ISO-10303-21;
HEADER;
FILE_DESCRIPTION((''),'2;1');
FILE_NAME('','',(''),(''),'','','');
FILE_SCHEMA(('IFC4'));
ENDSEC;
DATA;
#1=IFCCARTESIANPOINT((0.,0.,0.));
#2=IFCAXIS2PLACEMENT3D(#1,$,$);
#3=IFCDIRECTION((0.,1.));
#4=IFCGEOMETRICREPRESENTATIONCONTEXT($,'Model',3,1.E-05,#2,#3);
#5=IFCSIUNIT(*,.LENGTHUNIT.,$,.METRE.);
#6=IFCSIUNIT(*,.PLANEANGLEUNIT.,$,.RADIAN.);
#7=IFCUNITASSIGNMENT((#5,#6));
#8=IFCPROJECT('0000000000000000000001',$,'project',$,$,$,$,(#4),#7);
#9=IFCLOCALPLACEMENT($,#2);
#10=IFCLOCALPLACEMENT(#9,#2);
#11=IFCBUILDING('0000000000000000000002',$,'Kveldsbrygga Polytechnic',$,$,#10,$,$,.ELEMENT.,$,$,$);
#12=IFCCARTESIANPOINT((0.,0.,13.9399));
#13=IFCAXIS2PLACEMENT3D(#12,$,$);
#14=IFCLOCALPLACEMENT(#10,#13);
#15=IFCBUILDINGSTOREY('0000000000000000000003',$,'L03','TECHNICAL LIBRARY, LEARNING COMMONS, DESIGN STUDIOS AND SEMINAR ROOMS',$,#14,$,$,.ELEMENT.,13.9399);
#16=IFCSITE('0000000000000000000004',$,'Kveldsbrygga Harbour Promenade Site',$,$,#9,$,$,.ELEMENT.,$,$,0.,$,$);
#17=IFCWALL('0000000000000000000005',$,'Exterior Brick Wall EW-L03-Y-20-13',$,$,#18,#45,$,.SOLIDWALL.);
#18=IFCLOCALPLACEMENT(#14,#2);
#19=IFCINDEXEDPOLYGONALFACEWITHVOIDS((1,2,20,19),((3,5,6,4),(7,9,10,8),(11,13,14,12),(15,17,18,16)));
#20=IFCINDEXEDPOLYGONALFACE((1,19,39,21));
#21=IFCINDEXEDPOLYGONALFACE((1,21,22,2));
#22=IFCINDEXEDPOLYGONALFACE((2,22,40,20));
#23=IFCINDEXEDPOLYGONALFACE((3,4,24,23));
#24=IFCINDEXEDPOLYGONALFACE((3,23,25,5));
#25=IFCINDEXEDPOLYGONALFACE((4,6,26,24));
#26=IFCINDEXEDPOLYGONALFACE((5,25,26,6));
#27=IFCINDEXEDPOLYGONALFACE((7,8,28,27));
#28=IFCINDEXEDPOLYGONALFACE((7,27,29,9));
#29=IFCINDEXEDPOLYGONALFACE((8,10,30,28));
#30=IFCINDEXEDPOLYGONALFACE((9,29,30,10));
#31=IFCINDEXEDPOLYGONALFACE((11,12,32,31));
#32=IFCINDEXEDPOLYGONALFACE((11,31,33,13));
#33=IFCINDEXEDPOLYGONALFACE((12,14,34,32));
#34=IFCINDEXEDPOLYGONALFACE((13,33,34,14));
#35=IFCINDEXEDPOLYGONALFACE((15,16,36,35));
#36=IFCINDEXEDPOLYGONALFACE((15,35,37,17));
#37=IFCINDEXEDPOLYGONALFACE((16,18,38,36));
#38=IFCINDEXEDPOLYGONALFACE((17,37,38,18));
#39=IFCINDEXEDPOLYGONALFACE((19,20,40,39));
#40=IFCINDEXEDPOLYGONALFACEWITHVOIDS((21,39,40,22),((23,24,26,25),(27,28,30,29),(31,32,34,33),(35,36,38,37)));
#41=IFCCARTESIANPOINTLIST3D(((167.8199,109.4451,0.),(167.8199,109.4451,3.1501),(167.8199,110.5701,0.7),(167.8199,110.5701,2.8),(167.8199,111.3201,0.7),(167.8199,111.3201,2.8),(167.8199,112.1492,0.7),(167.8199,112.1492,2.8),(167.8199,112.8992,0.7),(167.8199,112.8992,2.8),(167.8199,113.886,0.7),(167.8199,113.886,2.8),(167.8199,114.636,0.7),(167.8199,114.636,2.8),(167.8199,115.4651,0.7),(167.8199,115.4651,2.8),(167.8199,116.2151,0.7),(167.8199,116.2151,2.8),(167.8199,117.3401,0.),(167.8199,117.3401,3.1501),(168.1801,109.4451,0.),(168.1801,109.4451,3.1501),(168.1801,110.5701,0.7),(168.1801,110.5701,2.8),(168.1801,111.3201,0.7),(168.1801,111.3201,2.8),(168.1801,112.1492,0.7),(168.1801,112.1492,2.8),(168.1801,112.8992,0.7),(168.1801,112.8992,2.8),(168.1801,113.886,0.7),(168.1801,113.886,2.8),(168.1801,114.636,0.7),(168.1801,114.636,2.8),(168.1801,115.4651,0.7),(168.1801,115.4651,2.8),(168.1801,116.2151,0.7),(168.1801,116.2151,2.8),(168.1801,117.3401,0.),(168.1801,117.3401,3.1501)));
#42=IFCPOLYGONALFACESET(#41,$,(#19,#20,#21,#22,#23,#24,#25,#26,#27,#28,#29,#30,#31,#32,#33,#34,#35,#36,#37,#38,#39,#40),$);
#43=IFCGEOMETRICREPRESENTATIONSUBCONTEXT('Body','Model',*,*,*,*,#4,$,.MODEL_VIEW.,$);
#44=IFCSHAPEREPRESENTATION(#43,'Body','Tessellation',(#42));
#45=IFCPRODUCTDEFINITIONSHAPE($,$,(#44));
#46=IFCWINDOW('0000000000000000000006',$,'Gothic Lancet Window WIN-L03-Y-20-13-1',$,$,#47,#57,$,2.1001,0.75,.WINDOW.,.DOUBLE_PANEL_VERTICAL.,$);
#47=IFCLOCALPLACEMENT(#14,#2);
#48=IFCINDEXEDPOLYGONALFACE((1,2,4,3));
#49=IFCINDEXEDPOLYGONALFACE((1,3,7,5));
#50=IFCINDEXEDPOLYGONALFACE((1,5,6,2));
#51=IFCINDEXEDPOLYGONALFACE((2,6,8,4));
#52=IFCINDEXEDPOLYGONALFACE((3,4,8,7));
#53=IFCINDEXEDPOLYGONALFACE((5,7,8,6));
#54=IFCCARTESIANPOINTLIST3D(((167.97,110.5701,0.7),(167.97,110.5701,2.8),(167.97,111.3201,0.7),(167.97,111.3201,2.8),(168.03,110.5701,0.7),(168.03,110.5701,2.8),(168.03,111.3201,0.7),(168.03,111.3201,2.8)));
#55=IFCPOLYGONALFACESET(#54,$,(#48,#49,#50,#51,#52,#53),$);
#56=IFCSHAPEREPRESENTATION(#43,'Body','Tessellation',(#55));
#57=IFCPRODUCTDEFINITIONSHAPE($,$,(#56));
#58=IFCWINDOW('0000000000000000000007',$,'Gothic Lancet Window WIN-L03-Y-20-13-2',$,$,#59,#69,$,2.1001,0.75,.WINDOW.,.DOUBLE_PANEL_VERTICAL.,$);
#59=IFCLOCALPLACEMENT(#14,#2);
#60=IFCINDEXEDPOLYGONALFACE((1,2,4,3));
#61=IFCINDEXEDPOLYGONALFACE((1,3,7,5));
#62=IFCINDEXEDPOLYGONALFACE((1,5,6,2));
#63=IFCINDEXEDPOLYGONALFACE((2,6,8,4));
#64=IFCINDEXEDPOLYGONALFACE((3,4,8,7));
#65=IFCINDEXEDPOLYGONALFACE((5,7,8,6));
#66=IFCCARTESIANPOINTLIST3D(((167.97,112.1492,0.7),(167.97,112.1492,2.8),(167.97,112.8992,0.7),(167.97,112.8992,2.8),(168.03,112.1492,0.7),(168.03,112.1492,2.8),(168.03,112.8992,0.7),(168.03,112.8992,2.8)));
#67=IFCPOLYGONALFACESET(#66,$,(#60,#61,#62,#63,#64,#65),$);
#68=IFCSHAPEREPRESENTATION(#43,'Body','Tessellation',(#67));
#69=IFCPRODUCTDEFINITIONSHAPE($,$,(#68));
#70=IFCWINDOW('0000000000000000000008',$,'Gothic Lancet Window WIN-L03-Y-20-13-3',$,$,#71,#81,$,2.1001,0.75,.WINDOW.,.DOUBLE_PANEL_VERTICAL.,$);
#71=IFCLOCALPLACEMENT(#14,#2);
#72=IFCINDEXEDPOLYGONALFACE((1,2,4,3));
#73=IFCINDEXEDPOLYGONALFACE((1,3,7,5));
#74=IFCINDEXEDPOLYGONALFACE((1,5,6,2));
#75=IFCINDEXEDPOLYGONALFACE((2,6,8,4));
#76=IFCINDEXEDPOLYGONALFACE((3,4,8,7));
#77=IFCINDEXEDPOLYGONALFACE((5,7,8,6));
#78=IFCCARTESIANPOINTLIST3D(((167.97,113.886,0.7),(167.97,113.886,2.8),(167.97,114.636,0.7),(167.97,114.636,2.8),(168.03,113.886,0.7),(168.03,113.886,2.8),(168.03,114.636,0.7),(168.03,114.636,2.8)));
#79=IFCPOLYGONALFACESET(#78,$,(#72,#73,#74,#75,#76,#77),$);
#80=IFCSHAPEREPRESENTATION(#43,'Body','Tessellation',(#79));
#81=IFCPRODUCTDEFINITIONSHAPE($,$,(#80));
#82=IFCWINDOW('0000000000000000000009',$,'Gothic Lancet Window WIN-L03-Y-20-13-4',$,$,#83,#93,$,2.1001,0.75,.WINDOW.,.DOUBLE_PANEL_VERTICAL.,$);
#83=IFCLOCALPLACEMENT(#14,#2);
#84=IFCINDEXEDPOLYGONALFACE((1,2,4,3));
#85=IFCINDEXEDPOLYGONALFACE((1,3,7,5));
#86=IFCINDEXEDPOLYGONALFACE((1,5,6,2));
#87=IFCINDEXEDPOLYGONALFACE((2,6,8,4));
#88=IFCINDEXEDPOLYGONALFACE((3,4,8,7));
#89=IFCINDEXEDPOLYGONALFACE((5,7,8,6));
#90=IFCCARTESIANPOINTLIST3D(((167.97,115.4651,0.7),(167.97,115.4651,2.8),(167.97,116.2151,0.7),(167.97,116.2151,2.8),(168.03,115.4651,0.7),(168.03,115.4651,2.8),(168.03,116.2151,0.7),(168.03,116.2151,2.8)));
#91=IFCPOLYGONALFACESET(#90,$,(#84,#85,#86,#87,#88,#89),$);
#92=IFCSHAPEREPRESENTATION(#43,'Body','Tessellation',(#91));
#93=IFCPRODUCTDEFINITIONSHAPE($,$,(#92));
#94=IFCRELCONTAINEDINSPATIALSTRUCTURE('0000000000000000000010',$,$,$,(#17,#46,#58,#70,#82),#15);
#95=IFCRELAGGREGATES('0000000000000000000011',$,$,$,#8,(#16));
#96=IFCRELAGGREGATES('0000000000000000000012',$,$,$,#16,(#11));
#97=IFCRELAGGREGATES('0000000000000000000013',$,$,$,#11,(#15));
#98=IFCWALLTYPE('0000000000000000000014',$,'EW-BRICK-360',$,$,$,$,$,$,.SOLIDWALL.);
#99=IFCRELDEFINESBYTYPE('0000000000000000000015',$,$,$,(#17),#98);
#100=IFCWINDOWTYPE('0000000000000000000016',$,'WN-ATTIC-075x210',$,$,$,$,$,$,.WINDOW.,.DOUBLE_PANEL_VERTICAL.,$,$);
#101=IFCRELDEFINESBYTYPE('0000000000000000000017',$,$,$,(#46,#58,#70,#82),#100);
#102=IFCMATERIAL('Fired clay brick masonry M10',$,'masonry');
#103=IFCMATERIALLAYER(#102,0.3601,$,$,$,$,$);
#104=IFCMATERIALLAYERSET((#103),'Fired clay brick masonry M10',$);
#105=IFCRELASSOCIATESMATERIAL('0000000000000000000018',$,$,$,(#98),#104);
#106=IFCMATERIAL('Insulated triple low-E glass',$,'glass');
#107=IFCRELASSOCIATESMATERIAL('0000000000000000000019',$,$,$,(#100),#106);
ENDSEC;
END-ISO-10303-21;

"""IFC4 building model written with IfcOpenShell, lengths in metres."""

from ifc_helpers import new_model, si_unit, direction, frame, frame_2d, origin, place, context, subcontext, project, spatial, rectangle, extrude, material, layer, layer_set, type_object, element, fill, save


model = new_model("IFC4")

# Units and contexts
model_context = context("Model", 3, precision=1e-05, world=origin(), true_north=direction((0.0, 1.0)))
body_context = subcontext(model_context, "Body", "Model", "MODEL_VIEW")
ifc_project = project(units=[si_unit("LENGTHUNIT", "METRE"), si_unit("PLANEANGLEUNIT", "RADIAN")], contexts=[model_context])

# Site, building, storey
site_placement = place(None, origin())
site = spatial("IfcSite", under=ifc_project, at=site_placement, Name="Kveldsbrygga Harbour Promenade Site", CompositionType="ELEMENT", RefElevation=0.0)
building_placement = place(site_placement, origin())
building = spatial("IfcBuilding", under=site, at=building_placement, Name="Kveldsbrygga Polytechnic", CompositionType="ELEMENT")
storey_placement = place(building_placement, frame((0.0, 0.0, 13.9399)))
storey = spatial("IfcBuildingStorey", under=building, at=storey_placement, Name="L03", Description="TECHNICAL LIBRARY, LEARNING COMMONS, DESIGN STUDIOS AND SEMINAR ROOMS", CompositionType="ELEMENT", Elevation=13.9399)

# Shared definitions
ifc_material_1 = material(Name="Insulated triple low-E glass", Category="glass")

# Wall, openings, windows
ifc_material_2 = material(Name="Fired clay brick masonry M10", Category="masonry")
ifc_layer_1 = layer(ifc_material_2, 0.3601)
ifc_layer_set_1 = layer_set([ifc_layer_1], Name="Fired clay brick masonry M10")
wall_type = type_object("IfcWallType", Name="EW-BRICK-360", PredefinedType="SOLIDWALL", material=ifc_layer_set_1)
window_type = type_object("IfcWindowType", Name="WN-ATTIC-075x210", PartitioningType="DOUBLE_PANEL_VERTICAL", PredefinedType="WINDOW", material=ifc_material_1)
wall_1_placement = place(storey_placement, frame((168.0, 109.4451, 0.0), z_axis=(0.0, 0.0, 1.0), x_axis=(0.0, 1.0, 0.0)))
wall_1 = element("IfcWall", 1, at=wall_1_placement, inside=storey, type_object=wall_type, Name="Exterior Brick Wall EW-L03-Y-20-13", PredefinedType="SOLIDWALL", context=body_context, shape_type="SweptSolid", body=[
    extrude(rectangle(XDim=7.895, YDim=0.3601, at=frame_2d((3.9475, 0.0))), origin(), (0.0, 0.0, 1.0), 3.1501),
])
opening_1_placement = place(wall_1_placement, frame((1.125, 0.0, 0.7)))
opening_1 = element("IfcOpeningElement", 2, at=opening_1_placement, cuts=wall_1, PredefinedType="OPENING", context=body_context, shape_type="SweptSolid", body=[
    extrude(rectangle(XDim=0.75, YDim=2.1001, at=frame_2d((0.375, 1.05))), frame((0.0, 0.1899, 0.0), z_axis=(0.0, -1.0, 0.0), x_axis=(1.0, 0.0, 0.0)), (0.0, 0.0, 1.0), 0.3801),
])
opening_2_placement = place(wall_1_placement, frame((2.7041, 0.0, 0.7)))
opening_2 = element("IfcOpeningElement", 3, at=opening_2_placement, cuts=wall_1, PredefinedType="OPENING", context=body_context, shape_type="SweptSolid", body=[
    extrude(rectangle(XDim=0.75, YDim=2.1001, at=frame_2d((0.375, 1.05))), frame((0.0, 0.1899, 0.0), z_axis=(0.0, -1.0, 0.0), x_axis=(1.0, 0.0, 0.0)), (0.0, 0.0, 1.0), 0.3801),
])
opening_3_placement = place(wall_1_placement, frame((4.4409, 0.0, 0.7)))
opening_3 = element("IfcOpeningElement", 4, at=opening_3_placement, cuts=wall_1, PredefinedType="OPENING", context=body_context, shape_type="SweptSolid", body=[
    extrude(rectangle(XDim=0.75, YDim=2.1001, at=frame_2d((0.375, 1.05))), frame((0.0, 0.1899, 0.0), z_axis=(0.0, -1.0, 0.0), x_axis=(1.0, 0.0, 0.0)), (0.0, 0.0, 1.0), 0.3801),
])
opening_4_placement = place(wall_1_placement, frame((6.02, 0.0, 0.7)))
opening_4 = element("IfcOpeningElement", 5, at=opening_4_placement, cuts=wall_1, PredefinedType="OPENING", context=body_context, shape_type="SweptSolid", body=[
    extrude(rectangle(XDim=0.75, YDim=2.1001, at=frame_2d((0.375, 1.05))), frame((0.0, 0.1899, 0.0), z_axis=(0.0, -1.0, 0.0), x_axis=(1.0, 0.0, 0.0)), (0.0, 0.0, 1.0), 0.3801),
])
window_1_placement = place(opening_1_placement, origin())
window_1 = element("IfcWindow", 6, at=window_1_placement, inside=storey, type_object=window_type, Name="Gothic Lancet Window WIN-L03-Y-20-13-1", OverallHeight=2.1001, OverallWidth=0.75, PartitioningType="DOUBLE_PANEL_VERTICAL", PredefinedType="WINDOW", context=body_context, shape_type="SweptSolid", body=[
    extrude(rectangle(XDim=0.75, YDim=2.1001, at=frame_2d((0.375, 1.05))), frame((0.0, 0.03, 0.0), z_axis=(0.0, -1.0, 0.0), x_axis=(1.0, 0.0, 0.0)), (0.0, 0.0, 1.0), 0.0601),
])
fill(opening_1, window_1)
window_2_placement = place(opening_2_placement, origin())
window_2 = element("IfcWindow", 7, at=window_2_placement, inside=storey, type_object=window_type, Name="Gothic Lancet Window WIN-L03-Y-20-13-2", OverallHeight=2.1001, OverallWidth=0.75, PartitioningType="DOUBLE_PANEL_VERTICAL", PredefinedType="WINDOW", context=body_context, shape_type="SweptSolid", body=[
    extrude(rectangle(XDim=0.75, YDim=2.1001, at=frame_2d((0.375, 1.05))), frame((0.0, 0.03, 0.0), z_axis=(0.0, -1.0, 0.0), x_axis=(1.0, 0.0, 0.0)), (0.0, 0.0, 1.0), 0.0601),
])
fill(opening_2, window_2)
window_3_placement = place(opening_3_placement, origin())
window_3 = element("IfcWindow", 8, at=window_3_placement, inside=storey, type_object=window_type, Name="Gothic Lancet Window WIN-L03-Y-20-13-3", OverallHeight=2.1001, OverallWidth=0.75, PartitioningType="DOUBLE_PANEL_VERTICAL", PredefinedType="WINDOW", context=body_context, shape_type="SweptSolid", body=[
    extrude(rectangle(XDim=0.75, YDim=2.1001, at=frame_2d((0.375, 1.05))), frame((0.0, 0.03, 0.0), z_axis=(0.0, -1.0, 0.0), x_axis=(1.0, 0.0, 0.0)), (0.0, 0.0, 1.0), 0.0601),
])
fill(opening_3, window_3)
window_4_placement = place(opening_4_placement, origin())
window_4 = element("IfcWindow", 9, at=window_4_placement, inside=storey, type_object=window_type, Name="Gothic Lancet Window WIN-L03-Y-20-13-4", OverallHeight=2.1001, OverallWidth=0.75, PartitioningType="DOUBLE_PANEL_VERTICAL", PredefinedType="WINDOW", context=body_context, shape_type="SweptSolid", body=[
    extrude(rectangle(XDim=0.75, YDim=2.1001, at=frame_2d((0.375, 1.05))), frame((0.0, 0.03, 0.0), z_axis=(0.0, -1.0, 0.0), x_axis=(1.0, 0.0, 0.0)), (0.0, 0.0, 1.0), 0.0601),
])
fill(opening_4, window_4)

save(model, "model.ifc")
